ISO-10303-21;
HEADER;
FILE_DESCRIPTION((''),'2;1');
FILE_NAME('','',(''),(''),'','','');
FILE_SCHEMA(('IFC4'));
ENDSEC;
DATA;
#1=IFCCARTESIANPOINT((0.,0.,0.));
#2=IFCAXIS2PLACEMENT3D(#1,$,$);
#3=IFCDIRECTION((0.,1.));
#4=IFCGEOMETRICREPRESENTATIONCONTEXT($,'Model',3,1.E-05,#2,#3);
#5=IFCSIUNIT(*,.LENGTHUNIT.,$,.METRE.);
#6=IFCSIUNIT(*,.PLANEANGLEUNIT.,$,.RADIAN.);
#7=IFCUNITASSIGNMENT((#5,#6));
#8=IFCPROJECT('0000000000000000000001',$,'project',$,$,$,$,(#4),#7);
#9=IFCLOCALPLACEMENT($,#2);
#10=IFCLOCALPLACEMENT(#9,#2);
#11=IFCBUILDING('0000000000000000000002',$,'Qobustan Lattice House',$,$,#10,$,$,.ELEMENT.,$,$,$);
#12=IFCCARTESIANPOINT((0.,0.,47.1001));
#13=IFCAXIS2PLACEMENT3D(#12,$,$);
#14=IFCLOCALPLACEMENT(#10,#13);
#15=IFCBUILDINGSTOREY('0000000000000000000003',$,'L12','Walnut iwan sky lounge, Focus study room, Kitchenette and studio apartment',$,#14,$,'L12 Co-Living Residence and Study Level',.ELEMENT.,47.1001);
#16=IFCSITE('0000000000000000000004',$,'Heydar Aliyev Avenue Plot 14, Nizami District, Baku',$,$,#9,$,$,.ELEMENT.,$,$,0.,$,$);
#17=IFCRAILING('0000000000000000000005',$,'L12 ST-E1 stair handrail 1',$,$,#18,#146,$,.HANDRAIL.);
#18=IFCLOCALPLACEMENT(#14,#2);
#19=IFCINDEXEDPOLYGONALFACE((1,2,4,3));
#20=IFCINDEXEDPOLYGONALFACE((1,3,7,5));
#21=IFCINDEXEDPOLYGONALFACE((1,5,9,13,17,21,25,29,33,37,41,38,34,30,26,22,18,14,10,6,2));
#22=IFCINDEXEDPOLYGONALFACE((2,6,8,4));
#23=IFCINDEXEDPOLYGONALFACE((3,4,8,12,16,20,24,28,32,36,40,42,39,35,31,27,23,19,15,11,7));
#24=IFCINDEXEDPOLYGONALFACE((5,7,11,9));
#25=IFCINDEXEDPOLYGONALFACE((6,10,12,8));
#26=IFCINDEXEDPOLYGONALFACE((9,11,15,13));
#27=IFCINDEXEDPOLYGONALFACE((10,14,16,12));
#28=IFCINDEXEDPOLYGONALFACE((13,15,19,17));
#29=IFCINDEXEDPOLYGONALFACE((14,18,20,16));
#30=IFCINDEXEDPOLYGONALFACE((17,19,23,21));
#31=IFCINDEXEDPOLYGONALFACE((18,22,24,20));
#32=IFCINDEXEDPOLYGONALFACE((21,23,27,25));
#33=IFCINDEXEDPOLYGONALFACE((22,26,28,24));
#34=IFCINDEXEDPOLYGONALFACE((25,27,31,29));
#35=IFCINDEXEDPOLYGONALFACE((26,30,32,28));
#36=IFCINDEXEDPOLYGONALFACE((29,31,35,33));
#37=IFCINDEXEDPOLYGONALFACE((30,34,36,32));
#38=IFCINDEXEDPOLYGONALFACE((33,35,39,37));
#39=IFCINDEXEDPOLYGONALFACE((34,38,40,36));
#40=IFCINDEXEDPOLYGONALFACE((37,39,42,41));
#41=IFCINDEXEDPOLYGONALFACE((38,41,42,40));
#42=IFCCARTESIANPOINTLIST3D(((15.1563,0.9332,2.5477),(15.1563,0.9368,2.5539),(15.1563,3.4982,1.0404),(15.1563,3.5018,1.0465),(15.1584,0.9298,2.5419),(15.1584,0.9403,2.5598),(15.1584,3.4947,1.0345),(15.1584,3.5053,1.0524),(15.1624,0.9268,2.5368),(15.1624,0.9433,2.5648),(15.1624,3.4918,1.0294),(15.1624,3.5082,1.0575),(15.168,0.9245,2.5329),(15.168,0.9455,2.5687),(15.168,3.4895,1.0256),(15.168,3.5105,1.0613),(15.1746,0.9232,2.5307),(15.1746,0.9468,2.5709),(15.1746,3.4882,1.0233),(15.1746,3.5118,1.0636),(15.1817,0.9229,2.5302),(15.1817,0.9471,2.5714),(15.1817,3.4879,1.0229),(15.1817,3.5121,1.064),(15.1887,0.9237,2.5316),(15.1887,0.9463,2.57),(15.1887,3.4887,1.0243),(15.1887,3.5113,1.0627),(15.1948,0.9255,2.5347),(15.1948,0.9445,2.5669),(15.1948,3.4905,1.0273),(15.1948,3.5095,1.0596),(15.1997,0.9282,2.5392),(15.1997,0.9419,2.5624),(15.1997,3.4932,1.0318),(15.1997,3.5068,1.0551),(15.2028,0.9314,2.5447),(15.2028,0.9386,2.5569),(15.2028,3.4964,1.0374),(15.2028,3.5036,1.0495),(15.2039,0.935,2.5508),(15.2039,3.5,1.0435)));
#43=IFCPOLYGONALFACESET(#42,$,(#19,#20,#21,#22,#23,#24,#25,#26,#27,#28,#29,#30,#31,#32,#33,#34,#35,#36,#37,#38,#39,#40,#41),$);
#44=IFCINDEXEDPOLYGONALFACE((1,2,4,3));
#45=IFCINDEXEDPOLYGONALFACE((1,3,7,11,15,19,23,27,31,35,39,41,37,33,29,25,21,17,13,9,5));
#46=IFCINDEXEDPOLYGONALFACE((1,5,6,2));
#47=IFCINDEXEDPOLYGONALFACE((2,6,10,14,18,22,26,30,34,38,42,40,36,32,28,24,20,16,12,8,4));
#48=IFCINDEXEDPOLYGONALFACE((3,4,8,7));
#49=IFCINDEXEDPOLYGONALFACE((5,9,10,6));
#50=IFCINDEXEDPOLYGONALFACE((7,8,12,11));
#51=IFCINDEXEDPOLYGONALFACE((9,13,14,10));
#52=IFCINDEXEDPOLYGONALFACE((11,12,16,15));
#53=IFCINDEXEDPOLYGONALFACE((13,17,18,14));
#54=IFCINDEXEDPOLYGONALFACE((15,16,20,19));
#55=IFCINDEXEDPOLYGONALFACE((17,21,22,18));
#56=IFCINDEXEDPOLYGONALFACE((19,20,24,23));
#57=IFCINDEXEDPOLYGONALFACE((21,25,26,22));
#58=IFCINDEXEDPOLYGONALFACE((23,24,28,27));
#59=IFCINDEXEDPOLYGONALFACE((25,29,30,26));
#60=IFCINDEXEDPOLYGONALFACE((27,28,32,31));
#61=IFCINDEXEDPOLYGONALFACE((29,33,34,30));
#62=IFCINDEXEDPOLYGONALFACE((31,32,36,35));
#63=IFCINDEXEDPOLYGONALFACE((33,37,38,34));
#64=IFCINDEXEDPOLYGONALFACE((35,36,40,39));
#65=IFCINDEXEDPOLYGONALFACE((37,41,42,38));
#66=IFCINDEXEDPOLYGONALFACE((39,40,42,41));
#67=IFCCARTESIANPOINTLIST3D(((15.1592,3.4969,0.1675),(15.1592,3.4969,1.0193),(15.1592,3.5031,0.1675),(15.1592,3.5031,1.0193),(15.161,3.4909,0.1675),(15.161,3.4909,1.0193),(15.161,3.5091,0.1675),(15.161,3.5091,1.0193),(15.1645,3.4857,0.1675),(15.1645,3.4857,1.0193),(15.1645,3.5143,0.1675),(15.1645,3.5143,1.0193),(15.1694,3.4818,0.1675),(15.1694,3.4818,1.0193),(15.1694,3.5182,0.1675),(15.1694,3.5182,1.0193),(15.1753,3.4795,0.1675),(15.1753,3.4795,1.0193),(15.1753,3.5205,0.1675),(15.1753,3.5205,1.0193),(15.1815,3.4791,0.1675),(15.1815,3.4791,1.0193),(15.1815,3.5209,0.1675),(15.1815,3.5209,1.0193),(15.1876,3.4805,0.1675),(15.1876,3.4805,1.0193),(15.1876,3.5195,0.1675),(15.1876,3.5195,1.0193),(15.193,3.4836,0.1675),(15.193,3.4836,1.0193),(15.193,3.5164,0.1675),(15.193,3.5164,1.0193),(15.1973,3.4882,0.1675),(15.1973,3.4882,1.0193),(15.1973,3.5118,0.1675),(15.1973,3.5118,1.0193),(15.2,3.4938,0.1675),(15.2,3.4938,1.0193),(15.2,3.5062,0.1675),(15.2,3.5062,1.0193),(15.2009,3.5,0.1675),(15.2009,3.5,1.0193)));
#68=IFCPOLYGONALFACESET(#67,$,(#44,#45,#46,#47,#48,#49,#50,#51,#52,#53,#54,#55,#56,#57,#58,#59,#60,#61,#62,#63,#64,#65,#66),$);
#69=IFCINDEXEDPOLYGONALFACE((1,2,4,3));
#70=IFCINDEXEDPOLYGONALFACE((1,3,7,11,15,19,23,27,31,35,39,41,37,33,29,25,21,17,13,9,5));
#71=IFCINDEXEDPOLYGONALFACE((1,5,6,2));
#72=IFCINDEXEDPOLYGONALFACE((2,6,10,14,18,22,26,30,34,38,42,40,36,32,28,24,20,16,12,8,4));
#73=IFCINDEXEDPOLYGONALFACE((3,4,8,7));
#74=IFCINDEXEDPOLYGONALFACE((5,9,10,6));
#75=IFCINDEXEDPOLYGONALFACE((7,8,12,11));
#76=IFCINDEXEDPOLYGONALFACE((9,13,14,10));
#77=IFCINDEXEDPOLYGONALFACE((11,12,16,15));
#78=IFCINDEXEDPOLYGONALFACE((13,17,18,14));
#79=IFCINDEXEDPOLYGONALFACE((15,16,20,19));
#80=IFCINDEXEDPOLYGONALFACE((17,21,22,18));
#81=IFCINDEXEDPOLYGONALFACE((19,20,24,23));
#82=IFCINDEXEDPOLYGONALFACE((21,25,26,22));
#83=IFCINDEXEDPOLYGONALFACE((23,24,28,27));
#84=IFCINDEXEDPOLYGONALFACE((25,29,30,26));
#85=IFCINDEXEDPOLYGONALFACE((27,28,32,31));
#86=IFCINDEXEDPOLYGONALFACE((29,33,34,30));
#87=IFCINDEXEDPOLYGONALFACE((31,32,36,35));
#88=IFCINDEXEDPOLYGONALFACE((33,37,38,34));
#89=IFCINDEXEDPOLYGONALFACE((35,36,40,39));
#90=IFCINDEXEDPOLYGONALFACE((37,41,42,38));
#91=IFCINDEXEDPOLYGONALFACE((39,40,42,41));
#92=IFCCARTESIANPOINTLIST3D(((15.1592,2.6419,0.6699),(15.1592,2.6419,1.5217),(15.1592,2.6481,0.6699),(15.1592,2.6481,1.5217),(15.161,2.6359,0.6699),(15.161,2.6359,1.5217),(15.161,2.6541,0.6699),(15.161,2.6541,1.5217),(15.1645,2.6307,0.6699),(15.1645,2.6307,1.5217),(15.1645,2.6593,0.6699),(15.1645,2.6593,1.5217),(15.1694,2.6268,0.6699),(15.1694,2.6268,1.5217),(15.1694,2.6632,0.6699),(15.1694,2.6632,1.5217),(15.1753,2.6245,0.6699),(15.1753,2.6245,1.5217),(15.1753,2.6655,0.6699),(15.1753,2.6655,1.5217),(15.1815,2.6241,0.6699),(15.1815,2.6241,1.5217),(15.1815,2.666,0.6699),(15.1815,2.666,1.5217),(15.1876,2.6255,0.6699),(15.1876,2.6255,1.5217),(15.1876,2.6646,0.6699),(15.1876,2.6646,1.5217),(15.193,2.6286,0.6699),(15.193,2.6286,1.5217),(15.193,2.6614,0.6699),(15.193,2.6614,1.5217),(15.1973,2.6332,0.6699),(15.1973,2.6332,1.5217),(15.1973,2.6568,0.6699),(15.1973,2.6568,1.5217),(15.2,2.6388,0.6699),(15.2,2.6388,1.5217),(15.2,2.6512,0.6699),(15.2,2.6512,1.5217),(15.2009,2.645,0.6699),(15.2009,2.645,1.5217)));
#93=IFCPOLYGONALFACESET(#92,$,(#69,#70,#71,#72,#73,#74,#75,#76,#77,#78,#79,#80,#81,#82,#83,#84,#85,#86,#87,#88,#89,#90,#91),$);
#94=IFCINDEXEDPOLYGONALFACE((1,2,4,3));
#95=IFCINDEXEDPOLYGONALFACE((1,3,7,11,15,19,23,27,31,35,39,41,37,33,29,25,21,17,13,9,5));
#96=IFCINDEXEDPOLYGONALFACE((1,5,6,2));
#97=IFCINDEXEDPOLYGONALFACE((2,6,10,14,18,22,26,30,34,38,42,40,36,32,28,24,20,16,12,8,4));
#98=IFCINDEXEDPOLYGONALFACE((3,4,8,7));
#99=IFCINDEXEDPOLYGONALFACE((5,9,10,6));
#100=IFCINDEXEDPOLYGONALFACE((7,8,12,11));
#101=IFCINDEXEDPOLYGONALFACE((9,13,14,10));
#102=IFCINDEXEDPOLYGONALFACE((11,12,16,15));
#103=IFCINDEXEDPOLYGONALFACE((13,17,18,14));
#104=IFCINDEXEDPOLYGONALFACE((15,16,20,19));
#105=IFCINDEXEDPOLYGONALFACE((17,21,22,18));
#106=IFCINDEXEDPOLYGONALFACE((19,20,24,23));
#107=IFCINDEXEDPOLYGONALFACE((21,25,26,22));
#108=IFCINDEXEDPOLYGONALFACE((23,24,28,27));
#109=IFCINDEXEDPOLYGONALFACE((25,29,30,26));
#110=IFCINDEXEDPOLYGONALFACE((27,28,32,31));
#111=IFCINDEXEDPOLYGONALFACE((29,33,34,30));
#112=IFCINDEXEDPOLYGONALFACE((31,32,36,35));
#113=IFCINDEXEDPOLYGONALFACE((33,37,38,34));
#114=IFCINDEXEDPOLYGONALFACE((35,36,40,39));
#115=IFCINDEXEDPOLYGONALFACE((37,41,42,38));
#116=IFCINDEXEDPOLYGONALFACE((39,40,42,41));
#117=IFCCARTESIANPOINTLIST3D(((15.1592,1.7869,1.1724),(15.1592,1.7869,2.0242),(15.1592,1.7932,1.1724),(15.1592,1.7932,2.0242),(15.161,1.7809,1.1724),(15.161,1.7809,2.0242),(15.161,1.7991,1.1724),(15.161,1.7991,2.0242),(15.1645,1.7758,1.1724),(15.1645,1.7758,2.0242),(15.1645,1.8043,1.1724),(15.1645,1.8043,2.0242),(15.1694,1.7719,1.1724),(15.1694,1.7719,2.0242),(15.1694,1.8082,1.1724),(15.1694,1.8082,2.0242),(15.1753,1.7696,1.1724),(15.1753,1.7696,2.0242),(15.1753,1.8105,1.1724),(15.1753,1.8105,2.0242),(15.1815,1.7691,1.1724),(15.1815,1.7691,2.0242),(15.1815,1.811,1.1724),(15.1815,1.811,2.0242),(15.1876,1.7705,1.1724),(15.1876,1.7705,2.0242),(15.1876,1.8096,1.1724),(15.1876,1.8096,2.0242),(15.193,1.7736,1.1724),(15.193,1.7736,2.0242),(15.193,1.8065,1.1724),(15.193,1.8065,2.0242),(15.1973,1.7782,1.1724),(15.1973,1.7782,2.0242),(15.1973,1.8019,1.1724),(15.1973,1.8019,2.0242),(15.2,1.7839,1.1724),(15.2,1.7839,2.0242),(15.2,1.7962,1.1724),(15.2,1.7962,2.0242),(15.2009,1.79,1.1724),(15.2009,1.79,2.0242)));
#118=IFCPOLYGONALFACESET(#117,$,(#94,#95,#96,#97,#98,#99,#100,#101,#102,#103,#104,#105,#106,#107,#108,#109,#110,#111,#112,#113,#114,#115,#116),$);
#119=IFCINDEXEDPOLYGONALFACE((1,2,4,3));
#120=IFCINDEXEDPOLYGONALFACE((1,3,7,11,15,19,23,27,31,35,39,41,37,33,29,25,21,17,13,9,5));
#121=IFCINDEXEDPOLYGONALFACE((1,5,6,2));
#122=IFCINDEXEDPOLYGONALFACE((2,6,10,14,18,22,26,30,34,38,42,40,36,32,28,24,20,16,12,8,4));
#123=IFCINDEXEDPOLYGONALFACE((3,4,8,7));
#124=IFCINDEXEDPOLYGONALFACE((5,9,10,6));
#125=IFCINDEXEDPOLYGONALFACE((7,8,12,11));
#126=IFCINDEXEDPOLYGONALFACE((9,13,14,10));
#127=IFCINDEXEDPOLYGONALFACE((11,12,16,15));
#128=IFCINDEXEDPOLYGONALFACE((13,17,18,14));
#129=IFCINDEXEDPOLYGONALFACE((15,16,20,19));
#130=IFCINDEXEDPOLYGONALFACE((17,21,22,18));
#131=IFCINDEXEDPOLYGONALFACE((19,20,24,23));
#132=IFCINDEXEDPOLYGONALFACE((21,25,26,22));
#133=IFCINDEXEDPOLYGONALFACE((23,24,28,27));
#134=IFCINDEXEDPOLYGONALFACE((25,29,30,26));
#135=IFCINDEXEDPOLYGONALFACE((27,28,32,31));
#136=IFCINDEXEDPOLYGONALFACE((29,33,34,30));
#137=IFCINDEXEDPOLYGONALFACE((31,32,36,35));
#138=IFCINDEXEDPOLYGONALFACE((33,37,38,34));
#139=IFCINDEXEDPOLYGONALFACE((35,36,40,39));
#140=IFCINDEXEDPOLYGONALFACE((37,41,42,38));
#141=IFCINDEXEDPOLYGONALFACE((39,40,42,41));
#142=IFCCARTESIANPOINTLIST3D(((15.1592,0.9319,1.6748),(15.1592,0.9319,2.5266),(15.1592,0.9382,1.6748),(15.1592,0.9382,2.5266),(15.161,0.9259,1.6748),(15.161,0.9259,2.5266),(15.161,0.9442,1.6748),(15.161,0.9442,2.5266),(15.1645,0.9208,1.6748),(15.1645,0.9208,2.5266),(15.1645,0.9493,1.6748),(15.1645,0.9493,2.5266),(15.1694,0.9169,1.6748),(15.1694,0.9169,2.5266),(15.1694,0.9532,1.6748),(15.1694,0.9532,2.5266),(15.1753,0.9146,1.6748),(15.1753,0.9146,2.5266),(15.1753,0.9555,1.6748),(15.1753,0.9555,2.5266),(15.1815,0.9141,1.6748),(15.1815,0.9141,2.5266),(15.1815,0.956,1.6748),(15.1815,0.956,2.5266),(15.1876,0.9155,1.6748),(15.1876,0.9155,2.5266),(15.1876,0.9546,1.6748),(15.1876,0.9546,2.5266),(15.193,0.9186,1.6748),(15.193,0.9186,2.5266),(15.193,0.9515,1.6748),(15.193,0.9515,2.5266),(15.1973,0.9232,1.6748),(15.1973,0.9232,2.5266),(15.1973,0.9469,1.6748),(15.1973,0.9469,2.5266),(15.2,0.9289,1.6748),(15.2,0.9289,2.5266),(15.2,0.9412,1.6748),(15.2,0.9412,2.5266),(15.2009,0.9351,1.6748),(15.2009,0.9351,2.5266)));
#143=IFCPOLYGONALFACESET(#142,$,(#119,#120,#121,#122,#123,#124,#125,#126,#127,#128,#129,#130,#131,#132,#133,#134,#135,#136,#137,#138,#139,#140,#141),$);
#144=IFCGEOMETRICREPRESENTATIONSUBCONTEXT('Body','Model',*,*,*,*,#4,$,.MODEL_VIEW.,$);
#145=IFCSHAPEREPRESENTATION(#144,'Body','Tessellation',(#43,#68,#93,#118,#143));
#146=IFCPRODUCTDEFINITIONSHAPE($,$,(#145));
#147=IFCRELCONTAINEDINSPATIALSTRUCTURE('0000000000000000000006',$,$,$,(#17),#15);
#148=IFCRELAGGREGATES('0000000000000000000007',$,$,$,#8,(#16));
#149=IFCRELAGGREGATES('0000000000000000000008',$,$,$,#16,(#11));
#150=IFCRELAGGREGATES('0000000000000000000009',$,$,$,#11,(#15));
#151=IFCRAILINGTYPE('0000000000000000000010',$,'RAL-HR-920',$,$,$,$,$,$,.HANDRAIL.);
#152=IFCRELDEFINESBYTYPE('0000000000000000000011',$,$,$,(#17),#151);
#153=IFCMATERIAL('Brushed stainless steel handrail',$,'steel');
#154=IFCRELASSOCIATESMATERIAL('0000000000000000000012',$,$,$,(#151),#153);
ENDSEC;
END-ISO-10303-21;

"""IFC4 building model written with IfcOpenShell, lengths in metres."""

from ifc_helpers import new_model, si_unit, direction, frame, origin, origin_2d, place, context, subcontext, project, spatial, circle, extrude, material, type_object, element, save


model = new_model("IFC4")

# Units and contexts
model_context = context("Model", 3, precision=1e-05, world=origin(), true_north=direction((0.0, 1.0)))
body_context = subcontext(model_context, "Body", "Model", "MODEL_VIEW")
ifc_project = project(units=[si_unit("LENGTHUNIT", "METRE"), si_unit("PLANEANGLEUNIT", "RADIAN")], contexts=[model_context])

# Site, building, storey
site_placement = place(None, origin())
site = spatial("IfcSite", under=ifc_project, at=site_placement, Name="Heydar Aliyev Avenue Plot 14, Nizami District, Baku", CompositionType="ELEMENT", RefElevation=0.0)
building_placement = place(site_placement, origin())
building = spatial("IfcBuilding", under=site, at=building_placement, Name="Qobustan Lattice House", CompositionType="ELEMENT")
storey_placement = place(building_placement, frame((0.0, 0.0, 47.1001)))
storey = spatial("IfcBuildingStorey", under=building, at=storey_placement, Name="L12", Description="Walnut iwan sky lounge, Focus study room, Kitchenette and studio apartment", LongName="L12 Co-Living Residence and Study Level", CompositionType="ELEMENT", Elevation=47.1001)

# Railing
ifc_material_1 = material(Name="Brushed stainless steel handrail", Category="steel")
railing_type_1 = type_object("IfcRailingType", Name="RAL-HR-920", PredefinedType="HANDRAIL", material=ifc_material_1)
railing_1_placement = place(storey_placement, frame((15.1799, 3.5, 0.1675)))
element("IfcRailing", 1, at=railing_1_placement, inside=storey, type_object=railing_type_1, Name="L12 ST-E1 stair handrail 1", PredefinedType="HANDRAIL", context=body_context, shape_type="SweptSolid", body=[
    extrude(circle(Radius=0.0239, at=origin_2d()), frame((0.0, 0.0, 0.876), z_axis=(0.0, -0.862149, 0.506654), x_axis=(1.0, 0.0, 0.0)), (0.0, 0.0, 1.0), 2.9751),
    extrude(circle(Radius=0.021, at=origin_2d()), origin(), (0.0, 0.0, 1.0), 0.8518),
    extrude(circle(Radius=0.021, at=origin_2d()), frame((0.0, -0.855, 0.5024)), (0.0, 0.0, 1.0), 0.8518),
    extrude(circle(Radius=0.021, at=origin_2d()), frame((0.0, -1.71, 1.0049)), (0.0, 0.0, 1.0), 0.8518),
    extrude(circle(Radius=0.021, at=origin_2d()), frame((0.0, -2.5649, 1.5073)), (0.0, 0.0, 1.0), 0.8518),
])

save(model, "model.ifc")
